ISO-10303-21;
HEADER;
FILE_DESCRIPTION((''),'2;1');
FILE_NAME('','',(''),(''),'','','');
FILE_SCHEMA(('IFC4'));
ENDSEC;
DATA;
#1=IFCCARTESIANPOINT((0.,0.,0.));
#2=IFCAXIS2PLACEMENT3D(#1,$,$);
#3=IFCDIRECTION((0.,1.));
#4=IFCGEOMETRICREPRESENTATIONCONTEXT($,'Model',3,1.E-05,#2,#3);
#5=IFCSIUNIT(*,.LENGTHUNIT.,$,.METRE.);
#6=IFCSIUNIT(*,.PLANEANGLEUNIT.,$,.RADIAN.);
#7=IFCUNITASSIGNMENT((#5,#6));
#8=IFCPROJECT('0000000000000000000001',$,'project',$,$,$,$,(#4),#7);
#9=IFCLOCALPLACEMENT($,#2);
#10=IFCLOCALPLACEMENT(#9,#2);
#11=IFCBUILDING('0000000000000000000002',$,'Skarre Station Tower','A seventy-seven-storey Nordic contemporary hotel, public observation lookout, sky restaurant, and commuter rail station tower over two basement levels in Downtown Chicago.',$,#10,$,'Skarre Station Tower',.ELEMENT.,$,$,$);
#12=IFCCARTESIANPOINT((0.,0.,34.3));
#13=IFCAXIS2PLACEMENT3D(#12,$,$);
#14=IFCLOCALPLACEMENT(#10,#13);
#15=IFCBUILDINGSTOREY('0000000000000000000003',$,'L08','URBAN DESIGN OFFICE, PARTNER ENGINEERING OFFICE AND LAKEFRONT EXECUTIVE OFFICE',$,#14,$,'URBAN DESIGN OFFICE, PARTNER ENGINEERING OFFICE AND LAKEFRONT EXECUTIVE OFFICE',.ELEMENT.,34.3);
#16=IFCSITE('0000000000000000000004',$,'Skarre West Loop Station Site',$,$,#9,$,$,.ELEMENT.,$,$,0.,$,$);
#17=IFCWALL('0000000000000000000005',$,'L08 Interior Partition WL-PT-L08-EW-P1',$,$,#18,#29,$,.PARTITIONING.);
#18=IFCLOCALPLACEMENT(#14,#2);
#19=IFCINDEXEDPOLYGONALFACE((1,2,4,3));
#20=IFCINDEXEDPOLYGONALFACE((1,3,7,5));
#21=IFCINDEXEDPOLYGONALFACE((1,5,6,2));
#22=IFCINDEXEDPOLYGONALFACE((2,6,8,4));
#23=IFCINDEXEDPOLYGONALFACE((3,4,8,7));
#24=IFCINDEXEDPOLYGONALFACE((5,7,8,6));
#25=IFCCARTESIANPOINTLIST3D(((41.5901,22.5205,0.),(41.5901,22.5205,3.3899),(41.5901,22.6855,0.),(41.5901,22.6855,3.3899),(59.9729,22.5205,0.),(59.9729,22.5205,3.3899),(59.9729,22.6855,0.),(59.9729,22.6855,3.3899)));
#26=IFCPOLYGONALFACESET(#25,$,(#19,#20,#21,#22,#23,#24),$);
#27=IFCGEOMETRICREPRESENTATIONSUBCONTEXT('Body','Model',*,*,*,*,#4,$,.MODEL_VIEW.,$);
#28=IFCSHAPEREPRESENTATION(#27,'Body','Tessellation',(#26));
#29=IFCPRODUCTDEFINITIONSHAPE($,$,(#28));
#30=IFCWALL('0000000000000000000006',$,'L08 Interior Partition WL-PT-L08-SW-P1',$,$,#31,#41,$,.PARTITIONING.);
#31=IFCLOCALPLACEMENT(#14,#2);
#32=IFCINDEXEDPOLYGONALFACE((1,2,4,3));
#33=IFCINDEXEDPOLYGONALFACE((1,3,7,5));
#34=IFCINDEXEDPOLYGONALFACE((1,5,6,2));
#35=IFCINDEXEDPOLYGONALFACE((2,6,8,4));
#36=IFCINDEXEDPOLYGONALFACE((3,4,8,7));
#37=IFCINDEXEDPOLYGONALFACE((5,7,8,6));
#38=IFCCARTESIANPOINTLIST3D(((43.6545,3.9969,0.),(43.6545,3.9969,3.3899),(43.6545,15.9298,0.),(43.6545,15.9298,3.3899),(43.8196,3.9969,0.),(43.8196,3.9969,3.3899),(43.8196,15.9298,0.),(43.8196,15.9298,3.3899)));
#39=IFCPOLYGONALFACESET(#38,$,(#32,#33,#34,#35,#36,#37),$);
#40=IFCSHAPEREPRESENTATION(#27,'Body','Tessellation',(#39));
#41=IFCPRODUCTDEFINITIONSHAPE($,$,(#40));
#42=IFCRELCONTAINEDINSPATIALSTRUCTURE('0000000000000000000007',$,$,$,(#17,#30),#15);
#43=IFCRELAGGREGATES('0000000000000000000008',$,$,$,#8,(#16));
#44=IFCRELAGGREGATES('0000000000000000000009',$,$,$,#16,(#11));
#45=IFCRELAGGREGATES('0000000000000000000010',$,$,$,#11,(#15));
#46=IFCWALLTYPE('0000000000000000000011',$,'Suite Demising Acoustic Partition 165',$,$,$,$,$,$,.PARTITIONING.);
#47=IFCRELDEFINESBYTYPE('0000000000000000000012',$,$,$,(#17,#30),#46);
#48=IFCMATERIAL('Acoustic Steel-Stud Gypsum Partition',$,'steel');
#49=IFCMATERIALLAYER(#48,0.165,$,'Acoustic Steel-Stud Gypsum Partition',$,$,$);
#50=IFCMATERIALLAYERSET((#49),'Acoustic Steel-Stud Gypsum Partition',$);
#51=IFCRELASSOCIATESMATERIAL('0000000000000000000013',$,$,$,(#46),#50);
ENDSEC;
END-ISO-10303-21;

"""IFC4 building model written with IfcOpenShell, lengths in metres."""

from ifc_helpers import new_model, si_unit, direction, frame, frame_2d, origin, place, context, subcontext, project, spatial, rectangle, extrude, material, layer, layer_set, type_object, element, save


model = new_model("IFC4")

# Units and contexts
model_context = context("Model", 3, precision=1e-05, world=origin(), true_north=direction((0.0, 1.0)))
body_context = subcontext(model_context, "Body", "Model", "MODEL_VIEW")
ifc_project = project(units=[si_unit("LENGTHUNIT", "METRE"), si_unit("PLANEANGLEUNIT", "RADIAN")], contexts=[model_context])

# Site, building, storey
site_placement = place(None, origin())
site = spatial("IfcSite", under=ifc_project, at=site_placement, Name="Skarre West Loop Station Site", CompositionType="ELEMENT", RefElevation=0.0)
building_placement = place(site_placement, origin())
building = spatial("IfcBuilding", under=site, at=building_placement, Name="Skarre Station Tower", Description="A seventy-seven-storey Nordic contemporary hotel, public observation lookout, sky restaurant, and commuter rail station tower over two basement levels in Downtown Chicago.", LongName="Skarre Station Tower", CompositionType="ELEMENT")
storey_placement = place(building_placement, frame((0.0, 0.0, 34.3)))
storey = spatial("IfcBuildingStorey", under=building, at=storey_placement, Name="L08", Description="URBAN DESIGN OFFICE, PARTNER ENGINEERING OFFICE AND LAKEFRONT EXECUTIVE OFFICE", LongName="URBAN DESIGN OFFICE, PARTNER ENGINEERING OFFICE AND LAKEFRONT EXECUTIVE OFFICE", CompositionType="ELEMENT", Elevation=34.3)

# Shared definitions
ifc_material_1 = material(Name="Acoustic Steel-Stud Gypsum Partition", Category="steel")

# Walls
ifc_layer_1 = layer(ifc_material_1, 0.165, Name="Acoustic Steel-Stud Gypsum Partition")
ifc_layer_set_1 = layer_set([ifc_layer_1], Name="Acoustic Steel-Stud Gypsum Partition")
wall_type_1 = type_object("IfcWallType", Name="Suite Demising Acoustic Partition 165", PredefinedType="PARTITIONING", material=ifc_layer_set_1)
wall_1_placement = place(storey_placement, frame((41.5901, 22.603, 0.0), z_axis=(0.0, 0.0, 1.0), x_axis=(1.0, 0.0, 0.0)))
element("IfcWall", 1, at=wall_1_placement, inside=storey, type_object=wall_type_1, Name="L08 Interior Partition WL-PT-L08-EW-P1", PredefinedType="PARTITIONING", context=body_context, shape_type="SweptSolid", body=[
    extrude(rectangle(XDim=18.3828, YDim=0.165, at=frame_2d((9.1914, 0.0))), origin(), (0.0, 0.0, 1.0), 3.3899),
])
wall_2_placement = place(storey_placement, frame((43.7371, 3.9971, 0.0), z_axis=(0.0, 0.0, 1.0), x_axis=(0.0, 1.0, 0.0)))
element("IfcWall", 2, at=wall_2_placement, inside=storey, type_object=wall_type_1, Name="L08 Interior Partition WL-PT-L08-SW-P1", PredefinedType="PARTITIONING", context=body_context, shape_type="SweptSolid", body=[
    extrude(rectangle(XDim=11.9329, YDim=0.165, at=frame_2d((5.9663, 0.0))), origin(), (0.0, 0.0, 1.0), 3.3899),
])

save(model, "model.ifc")
